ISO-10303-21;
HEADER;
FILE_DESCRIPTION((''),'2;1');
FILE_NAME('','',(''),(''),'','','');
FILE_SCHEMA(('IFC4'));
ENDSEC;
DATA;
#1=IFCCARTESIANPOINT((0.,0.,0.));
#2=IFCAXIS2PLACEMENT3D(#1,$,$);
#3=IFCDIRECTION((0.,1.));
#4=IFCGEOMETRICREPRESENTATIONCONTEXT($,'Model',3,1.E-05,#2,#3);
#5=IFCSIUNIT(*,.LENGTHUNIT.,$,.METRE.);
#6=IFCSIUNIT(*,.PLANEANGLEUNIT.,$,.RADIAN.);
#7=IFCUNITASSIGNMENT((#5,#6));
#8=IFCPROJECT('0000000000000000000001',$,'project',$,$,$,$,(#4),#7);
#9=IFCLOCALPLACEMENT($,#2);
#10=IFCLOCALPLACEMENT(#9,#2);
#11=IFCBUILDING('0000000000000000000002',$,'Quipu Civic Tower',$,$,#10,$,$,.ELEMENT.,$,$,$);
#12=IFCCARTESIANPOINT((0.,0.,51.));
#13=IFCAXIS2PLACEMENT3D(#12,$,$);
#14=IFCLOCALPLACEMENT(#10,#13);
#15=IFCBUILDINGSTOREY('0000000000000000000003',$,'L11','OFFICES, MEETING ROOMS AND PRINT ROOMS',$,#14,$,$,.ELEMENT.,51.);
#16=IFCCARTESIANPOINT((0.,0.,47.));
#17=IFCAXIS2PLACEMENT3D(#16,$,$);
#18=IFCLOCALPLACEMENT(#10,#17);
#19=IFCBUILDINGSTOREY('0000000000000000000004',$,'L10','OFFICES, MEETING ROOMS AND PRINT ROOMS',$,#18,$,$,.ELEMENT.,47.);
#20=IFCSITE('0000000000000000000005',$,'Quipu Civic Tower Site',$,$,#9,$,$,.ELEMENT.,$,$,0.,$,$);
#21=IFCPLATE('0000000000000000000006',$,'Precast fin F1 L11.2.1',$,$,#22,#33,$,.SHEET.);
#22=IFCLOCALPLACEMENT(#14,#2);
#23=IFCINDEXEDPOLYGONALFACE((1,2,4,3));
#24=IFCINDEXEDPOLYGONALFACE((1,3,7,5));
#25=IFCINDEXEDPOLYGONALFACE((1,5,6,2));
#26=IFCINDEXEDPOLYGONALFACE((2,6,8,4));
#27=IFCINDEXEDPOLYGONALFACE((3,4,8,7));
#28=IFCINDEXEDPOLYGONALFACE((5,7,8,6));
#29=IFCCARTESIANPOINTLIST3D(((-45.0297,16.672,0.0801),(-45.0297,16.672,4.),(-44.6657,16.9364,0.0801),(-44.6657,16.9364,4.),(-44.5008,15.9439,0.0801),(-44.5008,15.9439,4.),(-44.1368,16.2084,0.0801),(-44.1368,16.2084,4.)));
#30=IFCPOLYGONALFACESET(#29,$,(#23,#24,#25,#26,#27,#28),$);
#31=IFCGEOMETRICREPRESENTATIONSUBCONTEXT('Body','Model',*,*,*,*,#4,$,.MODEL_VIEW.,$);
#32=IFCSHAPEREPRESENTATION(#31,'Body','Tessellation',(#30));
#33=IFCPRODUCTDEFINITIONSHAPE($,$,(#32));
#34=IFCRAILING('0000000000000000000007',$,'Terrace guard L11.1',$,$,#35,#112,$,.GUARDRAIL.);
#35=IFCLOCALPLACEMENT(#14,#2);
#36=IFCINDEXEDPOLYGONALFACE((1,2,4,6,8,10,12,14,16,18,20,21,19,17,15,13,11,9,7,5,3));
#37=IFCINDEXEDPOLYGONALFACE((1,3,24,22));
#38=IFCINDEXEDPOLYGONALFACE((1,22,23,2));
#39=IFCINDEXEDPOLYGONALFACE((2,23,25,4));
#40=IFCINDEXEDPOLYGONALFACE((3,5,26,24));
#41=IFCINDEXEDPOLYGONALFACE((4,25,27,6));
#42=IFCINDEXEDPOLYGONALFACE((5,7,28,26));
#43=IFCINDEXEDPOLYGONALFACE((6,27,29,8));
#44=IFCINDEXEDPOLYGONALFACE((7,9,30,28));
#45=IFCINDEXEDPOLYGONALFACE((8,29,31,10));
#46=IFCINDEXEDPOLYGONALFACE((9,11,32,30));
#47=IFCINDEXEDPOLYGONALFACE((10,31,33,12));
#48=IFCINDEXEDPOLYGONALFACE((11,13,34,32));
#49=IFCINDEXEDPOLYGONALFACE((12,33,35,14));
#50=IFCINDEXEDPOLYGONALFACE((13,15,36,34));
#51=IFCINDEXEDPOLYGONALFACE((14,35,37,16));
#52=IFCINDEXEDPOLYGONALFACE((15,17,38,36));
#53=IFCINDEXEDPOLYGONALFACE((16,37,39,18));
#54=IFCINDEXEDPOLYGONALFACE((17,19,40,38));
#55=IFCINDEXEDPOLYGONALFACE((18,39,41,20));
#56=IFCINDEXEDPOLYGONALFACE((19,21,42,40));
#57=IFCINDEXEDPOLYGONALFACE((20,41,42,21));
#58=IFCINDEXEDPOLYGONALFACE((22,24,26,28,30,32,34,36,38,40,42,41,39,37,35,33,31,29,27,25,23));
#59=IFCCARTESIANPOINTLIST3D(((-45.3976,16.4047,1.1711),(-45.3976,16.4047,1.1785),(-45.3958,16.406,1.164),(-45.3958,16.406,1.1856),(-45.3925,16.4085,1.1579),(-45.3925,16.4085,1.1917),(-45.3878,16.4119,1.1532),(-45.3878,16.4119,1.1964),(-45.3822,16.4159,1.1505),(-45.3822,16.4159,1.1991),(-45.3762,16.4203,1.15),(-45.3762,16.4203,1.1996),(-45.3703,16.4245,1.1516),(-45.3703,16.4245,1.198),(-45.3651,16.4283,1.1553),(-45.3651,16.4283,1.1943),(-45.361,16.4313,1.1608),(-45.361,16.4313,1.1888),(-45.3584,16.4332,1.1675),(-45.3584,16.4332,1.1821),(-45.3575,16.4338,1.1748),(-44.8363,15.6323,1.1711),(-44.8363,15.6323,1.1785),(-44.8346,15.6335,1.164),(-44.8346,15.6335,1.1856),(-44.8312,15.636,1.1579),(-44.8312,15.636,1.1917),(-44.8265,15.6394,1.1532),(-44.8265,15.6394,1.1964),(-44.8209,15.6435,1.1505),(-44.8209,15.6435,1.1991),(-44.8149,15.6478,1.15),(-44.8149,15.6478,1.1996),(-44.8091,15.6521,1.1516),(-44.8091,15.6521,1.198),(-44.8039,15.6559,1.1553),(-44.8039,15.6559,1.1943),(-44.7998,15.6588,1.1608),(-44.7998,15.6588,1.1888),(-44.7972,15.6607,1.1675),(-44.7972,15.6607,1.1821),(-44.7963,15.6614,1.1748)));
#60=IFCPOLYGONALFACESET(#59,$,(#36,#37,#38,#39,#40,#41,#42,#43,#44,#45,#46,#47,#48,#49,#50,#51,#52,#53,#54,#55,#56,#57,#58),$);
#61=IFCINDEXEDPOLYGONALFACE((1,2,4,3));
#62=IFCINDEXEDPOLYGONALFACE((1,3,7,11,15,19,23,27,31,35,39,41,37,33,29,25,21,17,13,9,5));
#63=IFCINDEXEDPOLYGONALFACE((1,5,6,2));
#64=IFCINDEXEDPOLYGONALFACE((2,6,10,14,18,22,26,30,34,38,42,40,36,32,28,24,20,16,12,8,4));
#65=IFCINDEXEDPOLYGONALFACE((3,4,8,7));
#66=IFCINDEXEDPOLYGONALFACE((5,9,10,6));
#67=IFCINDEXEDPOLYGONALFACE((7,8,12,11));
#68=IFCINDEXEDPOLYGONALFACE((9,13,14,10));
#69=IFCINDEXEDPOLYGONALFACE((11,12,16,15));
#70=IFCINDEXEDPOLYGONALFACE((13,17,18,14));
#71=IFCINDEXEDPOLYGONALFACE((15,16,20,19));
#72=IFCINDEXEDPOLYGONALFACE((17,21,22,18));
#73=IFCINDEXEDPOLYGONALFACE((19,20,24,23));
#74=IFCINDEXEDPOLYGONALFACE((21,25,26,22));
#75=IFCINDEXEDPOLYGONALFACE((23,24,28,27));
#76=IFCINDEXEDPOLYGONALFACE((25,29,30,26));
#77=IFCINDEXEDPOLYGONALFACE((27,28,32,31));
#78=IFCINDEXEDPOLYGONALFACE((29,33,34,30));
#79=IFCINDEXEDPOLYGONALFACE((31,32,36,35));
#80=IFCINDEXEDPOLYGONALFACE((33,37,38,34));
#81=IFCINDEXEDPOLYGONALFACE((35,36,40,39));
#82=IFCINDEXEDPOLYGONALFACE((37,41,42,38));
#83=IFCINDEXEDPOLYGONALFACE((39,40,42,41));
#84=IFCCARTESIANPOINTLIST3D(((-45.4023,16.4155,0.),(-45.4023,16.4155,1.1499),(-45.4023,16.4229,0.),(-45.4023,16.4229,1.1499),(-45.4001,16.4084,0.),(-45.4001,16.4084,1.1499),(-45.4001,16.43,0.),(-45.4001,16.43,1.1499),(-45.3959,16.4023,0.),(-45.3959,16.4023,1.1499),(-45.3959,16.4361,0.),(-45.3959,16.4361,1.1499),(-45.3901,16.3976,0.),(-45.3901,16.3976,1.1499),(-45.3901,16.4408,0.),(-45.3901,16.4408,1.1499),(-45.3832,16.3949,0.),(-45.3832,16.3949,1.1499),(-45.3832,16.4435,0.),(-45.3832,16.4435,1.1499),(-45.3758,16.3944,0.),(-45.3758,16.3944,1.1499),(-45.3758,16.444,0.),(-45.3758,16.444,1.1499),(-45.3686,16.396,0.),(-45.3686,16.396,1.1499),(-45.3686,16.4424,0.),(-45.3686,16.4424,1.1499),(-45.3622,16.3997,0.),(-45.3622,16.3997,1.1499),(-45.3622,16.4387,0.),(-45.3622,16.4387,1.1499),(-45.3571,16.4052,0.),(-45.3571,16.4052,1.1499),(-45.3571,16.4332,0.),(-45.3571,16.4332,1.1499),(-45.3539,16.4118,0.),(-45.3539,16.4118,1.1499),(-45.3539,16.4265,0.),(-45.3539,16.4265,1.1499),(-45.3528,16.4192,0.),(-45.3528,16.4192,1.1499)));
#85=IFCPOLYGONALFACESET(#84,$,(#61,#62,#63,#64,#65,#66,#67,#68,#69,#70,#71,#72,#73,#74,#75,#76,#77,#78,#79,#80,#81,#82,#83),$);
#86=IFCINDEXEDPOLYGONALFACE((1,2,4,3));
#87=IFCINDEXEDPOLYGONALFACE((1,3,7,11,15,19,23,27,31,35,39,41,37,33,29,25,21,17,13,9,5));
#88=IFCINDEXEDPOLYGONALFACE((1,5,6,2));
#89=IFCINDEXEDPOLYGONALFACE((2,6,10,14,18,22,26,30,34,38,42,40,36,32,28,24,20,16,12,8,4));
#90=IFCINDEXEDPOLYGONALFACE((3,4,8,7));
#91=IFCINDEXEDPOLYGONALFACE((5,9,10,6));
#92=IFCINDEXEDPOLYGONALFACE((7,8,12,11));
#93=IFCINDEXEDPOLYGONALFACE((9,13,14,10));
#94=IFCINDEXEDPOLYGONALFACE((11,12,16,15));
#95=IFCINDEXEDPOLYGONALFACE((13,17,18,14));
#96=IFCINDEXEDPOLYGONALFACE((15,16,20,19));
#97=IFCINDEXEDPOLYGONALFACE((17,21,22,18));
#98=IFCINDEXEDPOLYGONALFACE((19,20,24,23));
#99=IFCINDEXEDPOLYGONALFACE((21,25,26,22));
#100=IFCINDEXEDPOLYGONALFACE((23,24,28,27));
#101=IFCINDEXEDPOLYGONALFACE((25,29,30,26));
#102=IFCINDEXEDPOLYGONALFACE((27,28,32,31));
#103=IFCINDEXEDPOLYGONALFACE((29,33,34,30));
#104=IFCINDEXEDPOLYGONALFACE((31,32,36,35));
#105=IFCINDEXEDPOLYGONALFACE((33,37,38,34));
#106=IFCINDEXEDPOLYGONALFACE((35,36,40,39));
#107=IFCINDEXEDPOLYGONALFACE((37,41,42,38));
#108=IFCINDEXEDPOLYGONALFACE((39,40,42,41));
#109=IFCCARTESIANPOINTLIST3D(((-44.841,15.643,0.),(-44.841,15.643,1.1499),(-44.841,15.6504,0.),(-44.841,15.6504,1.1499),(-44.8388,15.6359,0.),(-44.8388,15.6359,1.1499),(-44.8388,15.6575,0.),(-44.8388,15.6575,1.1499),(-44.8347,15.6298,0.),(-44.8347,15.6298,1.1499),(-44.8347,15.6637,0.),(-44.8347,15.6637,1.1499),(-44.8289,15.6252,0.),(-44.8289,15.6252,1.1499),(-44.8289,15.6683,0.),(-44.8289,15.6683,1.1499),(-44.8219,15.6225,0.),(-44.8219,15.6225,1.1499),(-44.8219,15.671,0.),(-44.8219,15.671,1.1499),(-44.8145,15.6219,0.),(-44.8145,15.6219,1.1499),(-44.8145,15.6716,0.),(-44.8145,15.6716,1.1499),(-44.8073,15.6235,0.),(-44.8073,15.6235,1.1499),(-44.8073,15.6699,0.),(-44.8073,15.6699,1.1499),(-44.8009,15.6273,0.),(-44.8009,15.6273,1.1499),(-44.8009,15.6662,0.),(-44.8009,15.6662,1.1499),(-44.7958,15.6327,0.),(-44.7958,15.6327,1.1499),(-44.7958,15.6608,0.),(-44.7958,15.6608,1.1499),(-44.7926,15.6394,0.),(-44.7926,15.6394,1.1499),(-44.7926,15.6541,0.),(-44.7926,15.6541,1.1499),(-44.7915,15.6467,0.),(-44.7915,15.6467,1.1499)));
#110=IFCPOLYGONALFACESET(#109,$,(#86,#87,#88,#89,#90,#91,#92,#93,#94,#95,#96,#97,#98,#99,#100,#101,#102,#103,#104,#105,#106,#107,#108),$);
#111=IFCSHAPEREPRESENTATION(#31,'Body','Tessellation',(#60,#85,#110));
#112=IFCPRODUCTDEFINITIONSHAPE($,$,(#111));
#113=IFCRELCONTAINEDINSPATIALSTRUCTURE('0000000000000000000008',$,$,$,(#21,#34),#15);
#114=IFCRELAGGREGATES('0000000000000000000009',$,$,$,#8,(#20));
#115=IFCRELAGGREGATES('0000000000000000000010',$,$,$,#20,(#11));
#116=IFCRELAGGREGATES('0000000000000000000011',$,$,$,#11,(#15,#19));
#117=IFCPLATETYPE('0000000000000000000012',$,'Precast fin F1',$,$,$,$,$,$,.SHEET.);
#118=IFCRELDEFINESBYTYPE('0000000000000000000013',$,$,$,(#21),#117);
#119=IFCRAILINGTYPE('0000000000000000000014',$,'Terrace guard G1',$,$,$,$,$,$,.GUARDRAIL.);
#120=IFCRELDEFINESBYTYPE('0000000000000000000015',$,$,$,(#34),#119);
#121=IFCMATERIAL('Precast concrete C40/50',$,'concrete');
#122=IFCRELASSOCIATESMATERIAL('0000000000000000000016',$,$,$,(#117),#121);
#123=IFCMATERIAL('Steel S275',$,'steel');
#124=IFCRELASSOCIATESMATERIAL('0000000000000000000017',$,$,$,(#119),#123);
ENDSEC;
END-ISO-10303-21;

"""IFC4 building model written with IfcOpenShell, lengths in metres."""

from ifc_helpers import new_model, si_unit, direction, frame, origin, origin_2d, place, context, subcontext, project, spatial, rectangle, circle, extrude, material, type_object, element, save


model = new_model("IFC4")

# Units and contexts
model_context = context("Model", 3, precision=1e-05, world=origin(), true_north=direction((0.0, 1.0)))
body_context = subcontext(model_context, "Body", "Model", "MODEL_VIEW")
ifc_project = project(units=[si_unit("LENGTHUNIT", "METRE"), si_unit("PLANEANGLEUNIT", "RADIAN")], contexts=[model_context])

# Site, building, storey
site_placement = place(None, origin())
site = spatial("IfcSite", under=ifc_project, at=site_placement, Name="Quipu Civic Tower Site", CompositionType="ELEMENT", RefElevation=0.0)
building_placement = place(site_placement, origin())
building = spatial("IfcBuilding", under=site, at=building_placement, Name="Quipu Civic Tower", CompositionType="ELEMENT")
storey_1_placement = place(building_placement, frame((0.0, 0.0, 51.0)))
storey_1 = spatial("IfcBuildingStorey", under=building, at=storey_1_placement, Name="L11", Description="OFFICES, MEETING ROOMS AND PRINT ROOMS", CompositionType="ELEMENT", Elevation=51.0)

# Shared definitions
storey_2_placement = place(building_placement, frame((0.0, 0.0, 47.0)))
storey_2 = spatial("IfcBuildingStorey", under=building, at=storey_2_placement, Name="L10", Description="OFFICES, MEETING ROOMS AND PRINT ROOMS", CompositionType="ELEMENT", Elevation=47.0)

# Plate
ifc_material_1 = material(Name="Precast concrete C40/50", Category="concrete")
plate_type_1 = type_object("IfcPlateType", Name="Precast fin F1", PredefinedType="SHEET", material=ifc_material_1)
for number, where, z_axis, x_axis, name in (
    (1, (-44.5833, 16.4402, 0.0801), (0.0, 0.0, 1.0), (0.809016, 0.587787, 0.0), "Precast fin F1 L11.2.1"),
):
    element("IfcPlate", number, at=place(storey_1_placement, frame(where, z_axis=z_axis, x_axis=x_axis)), inside=storey_1, type_object=plate_type_1, Name=name, PredefinedType="SHEET", context=body_context, shape_type="SweptSolid", body=[
        extrude(rectangle(XDim=0.45, YDim=0.8999, at=origin_2d()), origin(), (0.0, 0.0, 1.0), 3.9199),
    ])

# Railing
ifc_material_2 = material(Name="Steel S275", Category="steel")
railing_type = type_object("IfcRailingType", Name="Terrace guard G1", PredefinedType="GUARDRAIL", material=ifc_material_2)
railing_placement = place(storey_1_placement, frame((-45.3777, 16.4192, 0.0)))
element("IfcRailing", 2, at=railing_placement, inside=storey_1, type_object=railing_type, Name="Terrace guard L11.1", PredefinedType="GUARDRAIL", context=body_context, shape_type="SweptSolid", body=[
    extrude(circle(Radius=0.0249, at=origin_2d()), frame((0.0, 0.0, 1.1748), z_axis=(0.587822, -0.80899, 0.0), x_axis=(0.80899, 0.587822, 0.0)), (0.0, 0.0, 1.0), 0.9548),
    extrude(circle(Radius=0.0249, at=origin_2d()), origin(), (0.0, 0.0, 1.0), 1.1499),
    extrude(circle(Radius=0.0249, at=origin_2d()), frame((0.5613, -0.7725, 0.0)), (0.0, 0.0, 1.0), 1.1499),
])

save(model, "model.ifc")
